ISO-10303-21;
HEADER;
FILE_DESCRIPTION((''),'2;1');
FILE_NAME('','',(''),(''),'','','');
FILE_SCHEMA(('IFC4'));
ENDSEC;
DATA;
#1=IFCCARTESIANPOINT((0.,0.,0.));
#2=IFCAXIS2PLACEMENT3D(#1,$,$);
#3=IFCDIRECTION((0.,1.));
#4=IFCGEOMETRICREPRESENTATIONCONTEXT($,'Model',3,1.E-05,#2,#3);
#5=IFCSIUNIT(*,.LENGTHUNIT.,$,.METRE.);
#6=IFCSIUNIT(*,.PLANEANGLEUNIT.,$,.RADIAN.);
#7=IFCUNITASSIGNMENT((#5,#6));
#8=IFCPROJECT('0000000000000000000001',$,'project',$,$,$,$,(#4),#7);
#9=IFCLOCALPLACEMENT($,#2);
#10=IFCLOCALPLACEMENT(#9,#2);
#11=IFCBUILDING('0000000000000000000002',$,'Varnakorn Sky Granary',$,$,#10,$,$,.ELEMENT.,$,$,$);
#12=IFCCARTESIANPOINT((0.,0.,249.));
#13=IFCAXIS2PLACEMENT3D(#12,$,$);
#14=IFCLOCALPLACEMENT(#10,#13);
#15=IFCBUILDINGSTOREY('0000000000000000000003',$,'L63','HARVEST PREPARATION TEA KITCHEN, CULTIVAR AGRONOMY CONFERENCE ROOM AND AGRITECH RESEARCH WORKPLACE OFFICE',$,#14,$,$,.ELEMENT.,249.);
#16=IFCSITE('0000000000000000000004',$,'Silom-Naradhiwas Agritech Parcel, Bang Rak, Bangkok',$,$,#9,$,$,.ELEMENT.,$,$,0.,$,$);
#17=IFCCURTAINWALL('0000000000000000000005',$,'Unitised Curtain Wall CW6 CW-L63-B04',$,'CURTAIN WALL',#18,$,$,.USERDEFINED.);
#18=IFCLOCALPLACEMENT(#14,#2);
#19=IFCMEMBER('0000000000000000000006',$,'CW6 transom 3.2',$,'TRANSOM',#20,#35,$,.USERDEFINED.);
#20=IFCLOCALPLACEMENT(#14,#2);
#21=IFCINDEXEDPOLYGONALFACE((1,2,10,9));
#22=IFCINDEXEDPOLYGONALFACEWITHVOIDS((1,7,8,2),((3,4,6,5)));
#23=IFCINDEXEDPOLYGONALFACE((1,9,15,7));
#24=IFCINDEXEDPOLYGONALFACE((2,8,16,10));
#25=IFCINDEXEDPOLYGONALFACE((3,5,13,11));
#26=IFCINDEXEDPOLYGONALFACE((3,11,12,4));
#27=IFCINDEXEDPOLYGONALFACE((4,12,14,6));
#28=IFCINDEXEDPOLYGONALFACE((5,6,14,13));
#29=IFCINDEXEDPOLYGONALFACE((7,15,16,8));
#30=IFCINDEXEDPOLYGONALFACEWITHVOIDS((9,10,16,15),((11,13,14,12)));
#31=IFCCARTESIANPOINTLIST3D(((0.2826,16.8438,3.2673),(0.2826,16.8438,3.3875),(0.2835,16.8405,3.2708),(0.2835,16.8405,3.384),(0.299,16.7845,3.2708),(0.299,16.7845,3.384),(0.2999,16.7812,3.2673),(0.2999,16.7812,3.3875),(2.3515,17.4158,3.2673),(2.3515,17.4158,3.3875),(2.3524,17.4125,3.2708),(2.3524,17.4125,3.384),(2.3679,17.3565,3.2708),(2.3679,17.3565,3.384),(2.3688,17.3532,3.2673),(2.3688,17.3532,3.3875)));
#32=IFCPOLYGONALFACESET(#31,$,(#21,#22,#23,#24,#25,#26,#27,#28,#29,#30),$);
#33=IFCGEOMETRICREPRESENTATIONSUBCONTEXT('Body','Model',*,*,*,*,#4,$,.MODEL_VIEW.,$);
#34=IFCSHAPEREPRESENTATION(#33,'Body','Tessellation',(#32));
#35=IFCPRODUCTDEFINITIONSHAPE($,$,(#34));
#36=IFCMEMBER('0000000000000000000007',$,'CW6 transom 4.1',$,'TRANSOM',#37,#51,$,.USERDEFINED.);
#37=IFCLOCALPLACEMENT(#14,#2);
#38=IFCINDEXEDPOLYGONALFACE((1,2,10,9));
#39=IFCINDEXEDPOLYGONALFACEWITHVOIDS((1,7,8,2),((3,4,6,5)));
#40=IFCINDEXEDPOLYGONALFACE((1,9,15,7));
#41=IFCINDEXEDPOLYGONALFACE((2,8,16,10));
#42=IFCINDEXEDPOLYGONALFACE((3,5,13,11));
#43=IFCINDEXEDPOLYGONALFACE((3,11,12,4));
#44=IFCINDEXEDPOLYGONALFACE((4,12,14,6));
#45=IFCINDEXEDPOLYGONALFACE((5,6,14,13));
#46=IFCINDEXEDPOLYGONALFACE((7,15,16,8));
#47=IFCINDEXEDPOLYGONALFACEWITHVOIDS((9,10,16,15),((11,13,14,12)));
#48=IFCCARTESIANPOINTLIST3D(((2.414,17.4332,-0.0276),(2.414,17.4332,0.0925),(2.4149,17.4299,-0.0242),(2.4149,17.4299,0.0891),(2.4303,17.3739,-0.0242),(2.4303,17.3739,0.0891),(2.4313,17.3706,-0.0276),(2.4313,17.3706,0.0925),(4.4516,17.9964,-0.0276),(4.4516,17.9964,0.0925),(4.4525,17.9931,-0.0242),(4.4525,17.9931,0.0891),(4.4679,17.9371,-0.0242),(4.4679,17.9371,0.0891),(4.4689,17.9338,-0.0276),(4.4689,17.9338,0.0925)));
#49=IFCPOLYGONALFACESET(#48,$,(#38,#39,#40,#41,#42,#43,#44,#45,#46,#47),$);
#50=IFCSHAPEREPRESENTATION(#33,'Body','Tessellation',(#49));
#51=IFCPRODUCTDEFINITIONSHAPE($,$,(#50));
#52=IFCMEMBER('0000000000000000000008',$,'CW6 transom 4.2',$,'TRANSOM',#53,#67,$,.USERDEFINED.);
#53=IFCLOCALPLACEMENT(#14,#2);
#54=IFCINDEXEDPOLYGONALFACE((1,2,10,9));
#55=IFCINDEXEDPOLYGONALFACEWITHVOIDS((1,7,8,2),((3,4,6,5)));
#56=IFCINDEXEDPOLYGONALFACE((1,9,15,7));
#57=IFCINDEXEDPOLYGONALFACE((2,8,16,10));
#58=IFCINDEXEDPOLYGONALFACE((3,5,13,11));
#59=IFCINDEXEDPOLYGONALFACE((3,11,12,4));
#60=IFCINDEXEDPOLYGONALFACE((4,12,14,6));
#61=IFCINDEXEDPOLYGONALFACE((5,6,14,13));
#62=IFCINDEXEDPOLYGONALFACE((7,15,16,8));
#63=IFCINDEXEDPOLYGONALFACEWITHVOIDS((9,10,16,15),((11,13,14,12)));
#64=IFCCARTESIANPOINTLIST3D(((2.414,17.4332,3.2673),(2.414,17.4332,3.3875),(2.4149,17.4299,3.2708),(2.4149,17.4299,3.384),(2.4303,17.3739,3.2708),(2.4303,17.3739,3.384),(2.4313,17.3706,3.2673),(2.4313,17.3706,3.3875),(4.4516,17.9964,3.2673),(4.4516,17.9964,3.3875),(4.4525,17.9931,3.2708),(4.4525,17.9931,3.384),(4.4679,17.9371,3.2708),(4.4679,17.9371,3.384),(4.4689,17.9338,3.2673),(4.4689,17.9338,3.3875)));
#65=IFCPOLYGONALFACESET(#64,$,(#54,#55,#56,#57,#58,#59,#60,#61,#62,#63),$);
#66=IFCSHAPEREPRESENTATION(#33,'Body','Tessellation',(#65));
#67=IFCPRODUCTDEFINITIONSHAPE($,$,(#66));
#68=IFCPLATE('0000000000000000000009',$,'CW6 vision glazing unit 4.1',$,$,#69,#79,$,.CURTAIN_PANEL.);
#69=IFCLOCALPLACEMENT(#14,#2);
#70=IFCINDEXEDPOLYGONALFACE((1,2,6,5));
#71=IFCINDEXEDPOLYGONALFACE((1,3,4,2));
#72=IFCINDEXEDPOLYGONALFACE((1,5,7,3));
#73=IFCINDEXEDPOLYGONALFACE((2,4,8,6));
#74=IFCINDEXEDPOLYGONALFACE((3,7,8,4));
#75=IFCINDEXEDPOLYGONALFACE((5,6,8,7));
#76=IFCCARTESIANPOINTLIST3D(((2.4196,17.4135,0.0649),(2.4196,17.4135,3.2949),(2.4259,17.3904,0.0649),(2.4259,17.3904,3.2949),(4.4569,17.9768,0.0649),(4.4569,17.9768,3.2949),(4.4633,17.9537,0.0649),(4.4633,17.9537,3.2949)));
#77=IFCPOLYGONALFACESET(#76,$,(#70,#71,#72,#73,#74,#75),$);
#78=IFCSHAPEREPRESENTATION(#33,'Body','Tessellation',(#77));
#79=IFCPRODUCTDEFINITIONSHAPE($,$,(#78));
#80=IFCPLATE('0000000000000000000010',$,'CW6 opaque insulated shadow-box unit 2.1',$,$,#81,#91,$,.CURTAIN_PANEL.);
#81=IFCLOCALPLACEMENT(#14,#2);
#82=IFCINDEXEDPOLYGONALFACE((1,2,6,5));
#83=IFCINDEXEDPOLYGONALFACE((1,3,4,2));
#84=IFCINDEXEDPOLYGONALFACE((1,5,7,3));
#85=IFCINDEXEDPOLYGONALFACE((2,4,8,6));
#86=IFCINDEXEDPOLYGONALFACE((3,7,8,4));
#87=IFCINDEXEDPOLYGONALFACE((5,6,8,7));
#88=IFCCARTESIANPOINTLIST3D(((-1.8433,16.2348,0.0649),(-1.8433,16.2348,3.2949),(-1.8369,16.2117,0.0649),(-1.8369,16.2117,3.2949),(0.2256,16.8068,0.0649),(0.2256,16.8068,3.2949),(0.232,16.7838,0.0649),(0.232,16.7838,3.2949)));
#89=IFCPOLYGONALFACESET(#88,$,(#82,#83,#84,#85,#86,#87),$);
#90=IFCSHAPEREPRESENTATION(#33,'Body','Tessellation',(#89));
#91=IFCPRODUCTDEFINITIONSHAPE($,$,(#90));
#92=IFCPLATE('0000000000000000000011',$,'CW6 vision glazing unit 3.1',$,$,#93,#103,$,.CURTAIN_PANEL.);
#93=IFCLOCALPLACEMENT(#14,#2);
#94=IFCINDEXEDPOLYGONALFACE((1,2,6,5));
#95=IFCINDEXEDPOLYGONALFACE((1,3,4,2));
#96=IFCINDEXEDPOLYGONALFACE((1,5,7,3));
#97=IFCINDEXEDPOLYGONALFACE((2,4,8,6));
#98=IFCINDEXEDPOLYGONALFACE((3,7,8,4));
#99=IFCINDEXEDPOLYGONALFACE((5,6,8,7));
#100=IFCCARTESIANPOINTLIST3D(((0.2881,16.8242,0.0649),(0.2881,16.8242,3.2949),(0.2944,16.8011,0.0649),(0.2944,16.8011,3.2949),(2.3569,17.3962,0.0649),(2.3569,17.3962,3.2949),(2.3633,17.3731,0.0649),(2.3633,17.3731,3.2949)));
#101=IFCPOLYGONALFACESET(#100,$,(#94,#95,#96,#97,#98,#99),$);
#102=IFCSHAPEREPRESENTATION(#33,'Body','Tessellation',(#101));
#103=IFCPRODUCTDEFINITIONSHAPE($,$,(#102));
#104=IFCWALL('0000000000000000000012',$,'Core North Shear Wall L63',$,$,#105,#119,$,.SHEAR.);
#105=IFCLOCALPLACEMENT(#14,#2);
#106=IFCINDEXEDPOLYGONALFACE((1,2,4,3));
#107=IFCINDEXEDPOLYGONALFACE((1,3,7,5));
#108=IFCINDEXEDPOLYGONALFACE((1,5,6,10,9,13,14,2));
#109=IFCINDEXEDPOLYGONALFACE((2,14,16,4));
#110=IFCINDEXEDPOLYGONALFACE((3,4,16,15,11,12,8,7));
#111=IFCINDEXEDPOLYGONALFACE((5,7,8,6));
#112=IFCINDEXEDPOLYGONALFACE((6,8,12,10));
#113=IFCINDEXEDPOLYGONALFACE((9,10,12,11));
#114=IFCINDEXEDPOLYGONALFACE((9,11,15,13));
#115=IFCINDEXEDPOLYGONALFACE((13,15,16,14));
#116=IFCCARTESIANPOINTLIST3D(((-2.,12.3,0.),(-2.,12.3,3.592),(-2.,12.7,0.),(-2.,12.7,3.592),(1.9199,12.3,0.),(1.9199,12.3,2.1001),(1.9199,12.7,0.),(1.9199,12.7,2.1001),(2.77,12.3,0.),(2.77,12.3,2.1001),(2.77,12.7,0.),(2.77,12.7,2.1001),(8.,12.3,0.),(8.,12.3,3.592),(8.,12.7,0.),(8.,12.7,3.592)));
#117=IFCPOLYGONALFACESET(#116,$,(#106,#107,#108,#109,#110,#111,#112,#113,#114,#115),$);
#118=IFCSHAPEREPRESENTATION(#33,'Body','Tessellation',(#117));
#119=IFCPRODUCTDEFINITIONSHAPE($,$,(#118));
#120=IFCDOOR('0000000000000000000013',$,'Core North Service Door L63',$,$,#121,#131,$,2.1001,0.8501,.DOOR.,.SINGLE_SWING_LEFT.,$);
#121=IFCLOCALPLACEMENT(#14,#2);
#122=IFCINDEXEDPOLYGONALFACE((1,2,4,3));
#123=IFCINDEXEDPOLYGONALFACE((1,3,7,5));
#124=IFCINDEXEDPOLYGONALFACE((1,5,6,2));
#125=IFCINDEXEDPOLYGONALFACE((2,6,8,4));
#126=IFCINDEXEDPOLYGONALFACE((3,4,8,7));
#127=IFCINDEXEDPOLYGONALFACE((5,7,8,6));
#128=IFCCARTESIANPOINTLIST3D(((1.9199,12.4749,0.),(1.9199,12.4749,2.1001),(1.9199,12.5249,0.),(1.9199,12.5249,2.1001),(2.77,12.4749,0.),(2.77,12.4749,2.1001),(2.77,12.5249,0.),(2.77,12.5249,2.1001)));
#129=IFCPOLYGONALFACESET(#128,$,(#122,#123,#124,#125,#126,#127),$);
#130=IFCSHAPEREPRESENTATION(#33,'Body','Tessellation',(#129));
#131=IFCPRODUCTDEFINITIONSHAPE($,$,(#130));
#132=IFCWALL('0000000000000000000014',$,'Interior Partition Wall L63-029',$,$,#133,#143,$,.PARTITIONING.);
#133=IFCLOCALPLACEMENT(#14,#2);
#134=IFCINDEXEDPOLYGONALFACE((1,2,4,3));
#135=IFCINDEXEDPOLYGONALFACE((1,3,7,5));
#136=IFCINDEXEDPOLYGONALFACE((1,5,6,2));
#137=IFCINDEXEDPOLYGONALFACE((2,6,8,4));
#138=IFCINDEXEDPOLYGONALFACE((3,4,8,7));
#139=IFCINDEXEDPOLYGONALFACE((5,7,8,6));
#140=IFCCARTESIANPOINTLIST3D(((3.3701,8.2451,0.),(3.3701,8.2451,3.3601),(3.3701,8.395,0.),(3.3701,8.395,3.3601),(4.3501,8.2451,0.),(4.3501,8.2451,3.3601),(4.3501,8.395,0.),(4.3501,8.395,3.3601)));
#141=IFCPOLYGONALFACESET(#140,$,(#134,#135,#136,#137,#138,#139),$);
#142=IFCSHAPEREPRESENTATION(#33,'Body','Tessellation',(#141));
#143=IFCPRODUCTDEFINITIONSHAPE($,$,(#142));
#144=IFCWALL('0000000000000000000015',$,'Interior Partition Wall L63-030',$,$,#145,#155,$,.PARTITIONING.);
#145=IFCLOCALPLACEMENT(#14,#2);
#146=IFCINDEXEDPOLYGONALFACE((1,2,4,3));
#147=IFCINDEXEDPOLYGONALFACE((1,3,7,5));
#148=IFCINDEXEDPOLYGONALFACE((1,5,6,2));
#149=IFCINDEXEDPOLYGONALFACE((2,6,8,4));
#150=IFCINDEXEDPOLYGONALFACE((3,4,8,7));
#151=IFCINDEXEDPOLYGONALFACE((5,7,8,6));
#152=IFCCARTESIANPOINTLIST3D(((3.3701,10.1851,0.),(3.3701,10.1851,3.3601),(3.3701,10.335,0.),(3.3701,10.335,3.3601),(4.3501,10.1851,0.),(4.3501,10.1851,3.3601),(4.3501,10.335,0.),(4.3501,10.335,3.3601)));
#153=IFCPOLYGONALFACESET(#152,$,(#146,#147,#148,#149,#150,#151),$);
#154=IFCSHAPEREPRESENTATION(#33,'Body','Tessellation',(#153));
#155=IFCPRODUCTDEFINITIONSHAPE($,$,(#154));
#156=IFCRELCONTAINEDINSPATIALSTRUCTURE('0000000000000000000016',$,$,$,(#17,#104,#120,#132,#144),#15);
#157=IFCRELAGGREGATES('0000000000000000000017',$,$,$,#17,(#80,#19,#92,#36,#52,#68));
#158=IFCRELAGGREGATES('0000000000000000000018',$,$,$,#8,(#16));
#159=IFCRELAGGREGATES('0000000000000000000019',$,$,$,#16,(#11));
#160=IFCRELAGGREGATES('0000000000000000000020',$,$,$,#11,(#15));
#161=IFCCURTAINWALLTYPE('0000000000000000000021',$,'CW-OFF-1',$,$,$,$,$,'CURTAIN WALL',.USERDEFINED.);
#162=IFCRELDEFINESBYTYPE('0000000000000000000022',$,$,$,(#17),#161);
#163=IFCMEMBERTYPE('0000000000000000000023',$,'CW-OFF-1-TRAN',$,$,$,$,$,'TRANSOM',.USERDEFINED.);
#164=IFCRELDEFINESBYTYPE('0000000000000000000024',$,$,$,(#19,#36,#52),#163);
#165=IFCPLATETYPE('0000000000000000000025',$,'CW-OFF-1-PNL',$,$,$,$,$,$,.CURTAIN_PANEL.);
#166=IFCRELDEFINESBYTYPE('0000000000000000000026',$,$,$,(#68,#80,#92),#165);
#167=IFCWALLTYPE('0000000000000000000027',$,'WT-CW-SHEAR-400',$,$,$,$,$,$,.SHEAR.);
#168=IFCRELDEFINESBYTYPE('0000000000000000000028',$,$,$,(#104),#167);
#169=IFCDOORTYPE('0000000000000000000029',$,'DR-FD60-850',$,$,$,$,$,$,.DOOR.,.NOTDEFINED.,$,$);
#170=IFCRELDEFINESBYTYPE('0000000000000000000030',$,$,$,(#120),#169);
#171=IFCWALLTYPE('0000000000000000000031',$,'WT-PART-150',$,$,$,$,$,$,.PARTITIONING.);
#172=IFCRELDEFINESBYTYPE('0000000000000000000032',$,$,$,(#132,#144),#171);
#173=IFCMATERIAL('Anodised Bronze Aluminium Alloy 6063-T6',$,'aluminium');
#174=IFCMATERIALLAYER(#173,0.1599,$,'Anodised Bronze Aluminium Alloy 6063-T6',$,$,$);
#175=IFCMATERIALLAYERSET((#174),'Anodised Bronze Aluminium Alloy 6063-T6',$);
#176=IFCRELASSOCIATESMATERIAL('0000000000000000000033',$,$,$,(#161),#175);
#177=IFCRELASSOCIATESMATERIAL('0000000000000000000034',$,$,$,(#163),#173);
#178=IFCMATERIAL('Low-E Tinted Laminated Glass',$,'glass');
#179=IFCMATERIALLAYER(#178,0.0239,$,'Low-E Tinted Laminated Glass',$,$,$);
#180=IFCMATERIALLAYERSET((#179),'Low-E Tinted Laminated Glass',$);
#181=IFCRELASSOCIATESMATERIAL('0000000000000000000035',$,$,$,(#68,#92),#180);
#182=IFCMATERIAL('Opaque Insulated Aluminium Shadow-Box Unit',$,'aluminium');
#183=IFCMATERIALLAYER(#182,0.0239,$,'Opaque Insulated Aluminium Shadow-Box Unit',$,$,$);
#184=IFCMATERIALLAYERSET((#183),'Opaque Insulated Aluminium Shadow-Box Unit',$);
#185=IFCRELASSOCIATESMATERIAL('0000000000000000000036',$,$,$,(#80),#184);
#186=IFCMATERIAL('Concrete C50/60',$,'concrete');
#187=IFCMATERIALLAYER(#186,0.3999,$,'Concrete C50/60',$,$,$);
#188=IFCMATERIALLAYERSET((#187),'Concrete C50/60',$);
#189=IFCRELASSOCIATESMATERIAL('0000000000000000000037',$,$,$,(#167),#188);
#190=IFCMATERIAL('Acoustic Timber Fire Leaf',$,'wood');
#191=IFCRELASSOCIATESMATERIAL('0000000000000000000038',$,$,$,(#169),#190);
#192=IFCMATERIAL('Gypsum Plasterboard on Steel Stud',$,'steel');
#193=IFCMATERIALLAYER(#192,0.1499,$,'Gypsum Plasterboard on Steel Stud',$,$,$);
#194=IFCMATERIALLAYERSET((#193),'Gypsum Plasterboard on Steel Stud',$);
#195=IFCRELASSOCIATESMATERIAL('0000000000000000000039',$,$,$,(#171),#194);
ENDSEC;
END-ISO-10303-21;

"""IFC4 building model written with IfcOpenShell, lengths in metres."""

from ifc_helpers import new_model, si_unit, direction, frame, frame_2d, origin, origin_2d, place, context, subcontext, project, spatial, rectangle, hollow_rectangle, extrude, source, transform, mapped, material, layer, layer_set, material_profile, profile_set, type_object, type_shapes, element, fill, aggregate, save


model = new_model("IFC4")

# Units and contexts
model_context = context("Model", 3, precision=1e-05, world=origin(), true_north=direction((0.0, 1.0)))
body_context = subcontext(model_context, "Body", "Model", "MODEL_VIEW")
ifc_project = project(units=[si_unit("LENGTHUNIT", "METRE"), si_unit("PLANEANGLEUNIT", "RADIAN")], contexts=[model_context])

# Site, building, storey
site_placement = place(None, origin())
site = spatial("IfcSite", under=ifc_project, at=site_placement, Name="Silom-Naradhiwas Agritech Parcel, Bang Rak, Bangkok", CompositionType="ELEMENT", RefElevation=0.0)
building_placement = place(site_placement, origin())
building = spatial("IfcBuilding", under=site, at=building_placement, Name="Varnakorn Sky Granary", CompositionType="ELEMENT")
storey_placement = place(building_placement, frame((0.0, 0.0, 249.0)))
storey = spatial("IfcBuildingStorey", under=building, at=storey_placement, Name="L63", Description="HARVEST PREPARATION TEA KITCHEN, CULTIVAR AGRONOMY CONFERENCE ROOM AND AGRITECH RESEARCH WORKPLACE OFFICE", CompositionType="ELEMENT", Elevation=249.0)

# Shared definitions
ifc_material_1 = material(Name="Concrete C50/60", Category="concrete")

# Curtain wall, members, plates
ifc_material_2 = material(Name="Anodised Bronze Aluminium Alloy 6063-T6", Category="aluminium")
ifc_layer_1 = layer(ifc_material_2, 0.1599, Name="Anodised Bronze Aluminium Alloy 6063-T6")
ifc_layer_set_1 = layer_set([ifc_layer_1], Name="Anodised Bronze Aluminium Alloy 6063-T6")
curtain_wall_type = type_object("IfcCurtainWallType", Name="CW-OFF-1", ElementType="CURTAIN WALL", PredefinedType="USERDEFINED", material=ifc_layer_set_1)
curtain_wall_placement = place(storey_placement, origin())
curtain_wall = element("IfcCurtainWall", 1, at=curtain_wall_placement, inside=storey, type_object=curtain_wall_type, Name="Unitised Curtain Wall CW6 CW-L63-B04", ObjectType="CURTAIN WALL", PredefinedType="USERDEFINED")
ifc_material_profile_1 = material_profile(ifc_material_2, hollow_rectangle(XDim=0.0649, YDim=0.1201, WallThickness=0.0034, at=origin_2d()), Name="ALU TRAN 65x120")
ifc_profile_set_1 = profile_set([ifc_material_profile_1], Name="Anodised Bronze Aluminium Alloy 6063-T6")
member_type_1 = type_object("IfcMemberType", Name="CW-OFF-1-TRAN", ElementType="TRANSOM", PredefinedType="USERDEFINED", material=ifc_profile_set_1)
member_1_placement = place(storey_placement, frame((0.2913, 16.8125, 3.3274), z_axis=(0.963837, 0.266494, 0.0), x_axis=(-0.266494, 0.963837, 0.0)))
member_1 = element("IfcMember", 2, at=member_1_placement, type_object=member_type_1, Name="CW6 transom 3.2", ObjectType="TRANSOM", PredefinedType="USERDEFINED", context=body_context, shape_type="SweptSolid", body=[
    extrude(hollow_rectangle(XDim=0.0649, YDim=0.1201, WallThickness=0.0034, at=origin_2d()), origin(), (0.0, 0.0, 1.0), 2.1465),
])
member_2_placement = place(storey_placement, frame((2.4226, 17.4019, 0.0325), z_axis=(0.963855, 0.266429, 0.0), x_axis=(-0.266429, 0.963855, 0.0)))
member_2 = element("IfcMember", 3, at=member_2_placement, type_object=member_type_1, Name="CW6 transom 4.1", ObjectType="TRANSOM", PredefinedType="USERDEFINED", context=body_context, shape_type="SweptSolid", body=[
    extrude(hollow_rectangle(XDim=0.0649, YDim=0.1201, WallThickness=0.0034, at=origin_2d()), origin(), (0.0, 0.0, 1.0), 2.114),
])
member_3_placement = place(storey_placement, frame((2.4226, 17.4019, 3.3274), z_axis=(0.963855, 0.266429, 0.0), x_axis=(-0.266429, 0.963855, 0.0)))
member_3 = element("IfcMember", 4, at=member_3_placement, type_object=member_type_1, Name="CW6 transom 4.2", ObjectType="TRANSOM", PredefinedType="USERDEFINED", context=body_context, shape_type="SweptSolid", body=[
    extrude(hollow_rectangle(XDim=0.0649, YDim=0.1201, WallThickness=0.0034, at=origin_2d()), origin(), (0.0, 0.0, 1.0), 2.114),
])
ifc_material_3 = material(Name="Low-E Tinted Laminated Glass", Category="glass")
ifc_layer_2 = layer(ifc_material_3, 0.0239, Name="Low-E Tinted Laminated Glass")
ifc_layer_set_2 = layer_set([ifc_layer_2], Name="Low-E Tinted Laminated Glass")
plate_type = type_object("IfcPlateType", Name="CW-OFF-1-PNL", PredefinedType="CURTAIN_PANEL")
shared_shape_1 = source(origin(), body_context, "Body", "SweptSolid", [
    extrude(rectangle(XDim=2.1138, YDim=0.0239, at=origin_2d()), origin(), (0.0, 0.0, 1.0), 3.23),
])
plate_1_placement = place(storey_placement, frame((3.4414, 17.6836, 0.0649), z_axis=(0.0, 0.0, 1.0), x_axis=(0.963839, 0.266487, 0.0)))
plate_1 = element("IfcPlate", 5, at=plate_1_placement, type_object=plate_type, material=ifc_layer_set_2, Name="CW6 vision glazing unit 4.1", PredefinedType="CURTAIN_PANEL", context=body_context, shape_type="MappedRepresentation", body=[
    mapped(shared_shape_1, transform((0.0, 0.0, 0.0), x_axis=(1.0, 0.0, 0.0), y_axis=(0.0, 1.0, 0.0), z_axis=(0.0, 0.0, 1.0), scale=1.0)),
])
ifc_material_4 = material(Name="Opaque Insulated Aluminium Shadow-Box Unit", Category="aluminium")
ifc_layer_3 = layer(ifc_material_4, 0.0239, Name="Opaque Insulated Aluminium Shadow-Box Unit")
ifc_layer_set_3 = layer_set([ifc_layer_3], Name="Opaque Insulated Aluminium Shadow-Box Unit")
shared_shape_2 = source(origin(), body_context, "Body", "SweptSolid", [
    extrude(rectangle(XDim=2.1465, YDim=0.0239, at=origin_2d()), origin(), (0.0, 0.0, 1.0), 3.23),
])
type_shapes(plate_type, [shared_shape_1, shared_shape_2])
plate_2_placement = place(storey_placement, frame((-0.8057, 16.5093, 0.0649), z_axis=(0.0, 0.0, 1.0), x_axis=(0.963839, 0.266487, 0.0)))
plate_2 = element("IfcPlate", 6, at=plate_2_placement, type_object=plate_type, material=ifc_layer_set_3, Name="CW6 opaque insulated shadow-box unit 2.1", PredefinedType="CURTAIN_PANEL", context=body_context, shape_type="MappedRepresentation", body=[
    mapped(shared_shape_2, transform((0.0, 0.0, 0.0), x_axis=(1.0, 0.0, 0.0), y_axis=(0.0, 1.0, 0.0), z_axis=(0.0, 0.0, 1.0), scale=1.0)),
])
plate_3_placement = place(storey_placement, frame((1.3257, 17.0986, 0.0649), z_axis=(0.0, 0.0, 1.0), x_axis=(0.963839, 0.266487, 0.0)))
plate_3 = element("IfcPlate", 7, at=plate_3_placement, type_object=plate_type, material=ifc_layer_set_2, Name="CW6 vision glazing unit 3.1", PredefinedType="CURTAIN_PANEL", context=body_context, shape_type="MappedRepresentation", body=[
    mapped(shared_shape_2, transform((0.0, 0.0, 0.0), x_axis=(1.0, 0.0, 0.0), y_axis=(0.0, 1.0, 0.0), z_axis=(0.0, 0.0, 1.0), scale=1.0)),
])
aggregate(curtain_wall, [plate_2, member_1, plate_3, member_2, member_3, plate_1])

# Wall, opening, door
ifc_layer_4 = layer(ifc_material_1, 0.3999, Name="Concrete C50/60")
ifc_layer_set_4 = layer_set([ifc_layer_4], Name="Concrete C50/60")
wall_type_1 = type_object("IfcWallType", Name="WT-CW-SHEAR-400", PredefinedType="SHEAR", material=ifc_layer_set_4)
wall_1_placement = place(storey_placement, frame((-2.0, 12.5, 0.0), z_axis=(0.0, 0.0, 1.0), x_axis=(1.0, 0.0, 0.0)))
wall_1 = element("IfcWall", 8, at=wall_1_placement, inside=storey, type_object=wall_type_1, Name="Core North Shear Wall L63", PredefinedType="SHEAR", context=body_context, shape_type="SweptSolid", body=[
    extrude(rectangle(XDim=10.0, YDim=0.3999, at=frame_2d((5.0, 0.0))), origin(), (0.0, 0.0, 1.0), 3.592),
])
opening_1_placement = place(wall_1_placement, frame((3.9199, 0.0, 0.0)))
opening_1 = element("IfcOpeningElement", 9, at=opening_1_placement, cuts=wall_1, PredefinedType="OPENING", context=body_context, shape_type="SweptSolid", body=[
    extrude(rectangle(XDim=0.8501, YDim=2.1001, at=frame_2d((0.425, 1.05))), frame((0.0, 0.21, 0.0), z_axis=(0.0, -1.0, 0.0), x_axis=(1.0, 0.0, 0.0)), (0.0, 0.0, 1.0), 0.4199),
])
ifc_material_5 = material(Name="Acoustic Timber Fire Leaf", Category="wood")
door_type_1 = type_object("IfcDoorType", Name="DR-FD60-850", OperationType="NOTDEFINED", PredefinedType="DOOR", material=ifc_material_5)
door_1_placement = place(opening_1_placement, origin())
door_1 = element("IfcDoor", 10, at=door_1_placement, inside=storey, type_object=door_type_1, Name="Core North Service Door L63", OperationType="SINGLE_SWING_LEFT", OverallHeight=2.1001, OverallWidth=0.8501, PredefinedType="DOOR", context=body_context, shape_type="SweptSolid", body=[
    extrude(rectangle(XDim=0.8501, YDim=2.1001, at=frame_2d((0.425, 1.05))), frame((0.0, 0.0249, 0.0), z_axis=(0.0, -1.0, 0.0), x_axis=(1.0, 0.0, 0.0)), (0.0, 0.0, 1.0), 0.05),
])
fill(opening_1, door_1)

# Walls
ifc_material_6 = material(Name="Gypsum Plasterboard on Steel Stud", Category="steel")
ifc_layer_5 = layer(ifc_material_6, 0.1499, Name="Gypsum Plasterboard on Steel Stud")
ifc_layer_set_5 = layer_set([ifc_layer_5], Name="Gypsum Plasterboard on Steel Stud")
wall_type_2 = type_object("IfcWallType", Name="WT-PART-150", PredefinedType="PARTITIONING", material=ifc_layer_set_5)
for number, where, z_axis, x_axis, name in (
    (11, (3.3701, 8.3201, 0.0), (0.0, 0.0, 1.0), (1.0, 0.0, 0.0), "Interior Partition Wall L63-029"),
    (12, (3.3701, 10.26, 0.0), (0.0, 0.0, 1.0), (1.0, 0.0, 0.0), "Interior Partition Wall L63-030"),
):
    element("IfcWall", number, at=place(storey_placement, frame(where, z_axis=z_axis, x_axis=x_axis)), inside=storey, type_object=wall_type_2, Name=name, PredefinedType="PARTITIONING", context=body_context, shape_type="SweptSolid", body=[
        extrude(rectangle(XDim=0.98, YDim=0.1499, at=frame_2d((0.49, 0.0))), origin(), (0.0, 0.0, 1.0), 3.3601),
    ])

save(model, "model.ifc")
